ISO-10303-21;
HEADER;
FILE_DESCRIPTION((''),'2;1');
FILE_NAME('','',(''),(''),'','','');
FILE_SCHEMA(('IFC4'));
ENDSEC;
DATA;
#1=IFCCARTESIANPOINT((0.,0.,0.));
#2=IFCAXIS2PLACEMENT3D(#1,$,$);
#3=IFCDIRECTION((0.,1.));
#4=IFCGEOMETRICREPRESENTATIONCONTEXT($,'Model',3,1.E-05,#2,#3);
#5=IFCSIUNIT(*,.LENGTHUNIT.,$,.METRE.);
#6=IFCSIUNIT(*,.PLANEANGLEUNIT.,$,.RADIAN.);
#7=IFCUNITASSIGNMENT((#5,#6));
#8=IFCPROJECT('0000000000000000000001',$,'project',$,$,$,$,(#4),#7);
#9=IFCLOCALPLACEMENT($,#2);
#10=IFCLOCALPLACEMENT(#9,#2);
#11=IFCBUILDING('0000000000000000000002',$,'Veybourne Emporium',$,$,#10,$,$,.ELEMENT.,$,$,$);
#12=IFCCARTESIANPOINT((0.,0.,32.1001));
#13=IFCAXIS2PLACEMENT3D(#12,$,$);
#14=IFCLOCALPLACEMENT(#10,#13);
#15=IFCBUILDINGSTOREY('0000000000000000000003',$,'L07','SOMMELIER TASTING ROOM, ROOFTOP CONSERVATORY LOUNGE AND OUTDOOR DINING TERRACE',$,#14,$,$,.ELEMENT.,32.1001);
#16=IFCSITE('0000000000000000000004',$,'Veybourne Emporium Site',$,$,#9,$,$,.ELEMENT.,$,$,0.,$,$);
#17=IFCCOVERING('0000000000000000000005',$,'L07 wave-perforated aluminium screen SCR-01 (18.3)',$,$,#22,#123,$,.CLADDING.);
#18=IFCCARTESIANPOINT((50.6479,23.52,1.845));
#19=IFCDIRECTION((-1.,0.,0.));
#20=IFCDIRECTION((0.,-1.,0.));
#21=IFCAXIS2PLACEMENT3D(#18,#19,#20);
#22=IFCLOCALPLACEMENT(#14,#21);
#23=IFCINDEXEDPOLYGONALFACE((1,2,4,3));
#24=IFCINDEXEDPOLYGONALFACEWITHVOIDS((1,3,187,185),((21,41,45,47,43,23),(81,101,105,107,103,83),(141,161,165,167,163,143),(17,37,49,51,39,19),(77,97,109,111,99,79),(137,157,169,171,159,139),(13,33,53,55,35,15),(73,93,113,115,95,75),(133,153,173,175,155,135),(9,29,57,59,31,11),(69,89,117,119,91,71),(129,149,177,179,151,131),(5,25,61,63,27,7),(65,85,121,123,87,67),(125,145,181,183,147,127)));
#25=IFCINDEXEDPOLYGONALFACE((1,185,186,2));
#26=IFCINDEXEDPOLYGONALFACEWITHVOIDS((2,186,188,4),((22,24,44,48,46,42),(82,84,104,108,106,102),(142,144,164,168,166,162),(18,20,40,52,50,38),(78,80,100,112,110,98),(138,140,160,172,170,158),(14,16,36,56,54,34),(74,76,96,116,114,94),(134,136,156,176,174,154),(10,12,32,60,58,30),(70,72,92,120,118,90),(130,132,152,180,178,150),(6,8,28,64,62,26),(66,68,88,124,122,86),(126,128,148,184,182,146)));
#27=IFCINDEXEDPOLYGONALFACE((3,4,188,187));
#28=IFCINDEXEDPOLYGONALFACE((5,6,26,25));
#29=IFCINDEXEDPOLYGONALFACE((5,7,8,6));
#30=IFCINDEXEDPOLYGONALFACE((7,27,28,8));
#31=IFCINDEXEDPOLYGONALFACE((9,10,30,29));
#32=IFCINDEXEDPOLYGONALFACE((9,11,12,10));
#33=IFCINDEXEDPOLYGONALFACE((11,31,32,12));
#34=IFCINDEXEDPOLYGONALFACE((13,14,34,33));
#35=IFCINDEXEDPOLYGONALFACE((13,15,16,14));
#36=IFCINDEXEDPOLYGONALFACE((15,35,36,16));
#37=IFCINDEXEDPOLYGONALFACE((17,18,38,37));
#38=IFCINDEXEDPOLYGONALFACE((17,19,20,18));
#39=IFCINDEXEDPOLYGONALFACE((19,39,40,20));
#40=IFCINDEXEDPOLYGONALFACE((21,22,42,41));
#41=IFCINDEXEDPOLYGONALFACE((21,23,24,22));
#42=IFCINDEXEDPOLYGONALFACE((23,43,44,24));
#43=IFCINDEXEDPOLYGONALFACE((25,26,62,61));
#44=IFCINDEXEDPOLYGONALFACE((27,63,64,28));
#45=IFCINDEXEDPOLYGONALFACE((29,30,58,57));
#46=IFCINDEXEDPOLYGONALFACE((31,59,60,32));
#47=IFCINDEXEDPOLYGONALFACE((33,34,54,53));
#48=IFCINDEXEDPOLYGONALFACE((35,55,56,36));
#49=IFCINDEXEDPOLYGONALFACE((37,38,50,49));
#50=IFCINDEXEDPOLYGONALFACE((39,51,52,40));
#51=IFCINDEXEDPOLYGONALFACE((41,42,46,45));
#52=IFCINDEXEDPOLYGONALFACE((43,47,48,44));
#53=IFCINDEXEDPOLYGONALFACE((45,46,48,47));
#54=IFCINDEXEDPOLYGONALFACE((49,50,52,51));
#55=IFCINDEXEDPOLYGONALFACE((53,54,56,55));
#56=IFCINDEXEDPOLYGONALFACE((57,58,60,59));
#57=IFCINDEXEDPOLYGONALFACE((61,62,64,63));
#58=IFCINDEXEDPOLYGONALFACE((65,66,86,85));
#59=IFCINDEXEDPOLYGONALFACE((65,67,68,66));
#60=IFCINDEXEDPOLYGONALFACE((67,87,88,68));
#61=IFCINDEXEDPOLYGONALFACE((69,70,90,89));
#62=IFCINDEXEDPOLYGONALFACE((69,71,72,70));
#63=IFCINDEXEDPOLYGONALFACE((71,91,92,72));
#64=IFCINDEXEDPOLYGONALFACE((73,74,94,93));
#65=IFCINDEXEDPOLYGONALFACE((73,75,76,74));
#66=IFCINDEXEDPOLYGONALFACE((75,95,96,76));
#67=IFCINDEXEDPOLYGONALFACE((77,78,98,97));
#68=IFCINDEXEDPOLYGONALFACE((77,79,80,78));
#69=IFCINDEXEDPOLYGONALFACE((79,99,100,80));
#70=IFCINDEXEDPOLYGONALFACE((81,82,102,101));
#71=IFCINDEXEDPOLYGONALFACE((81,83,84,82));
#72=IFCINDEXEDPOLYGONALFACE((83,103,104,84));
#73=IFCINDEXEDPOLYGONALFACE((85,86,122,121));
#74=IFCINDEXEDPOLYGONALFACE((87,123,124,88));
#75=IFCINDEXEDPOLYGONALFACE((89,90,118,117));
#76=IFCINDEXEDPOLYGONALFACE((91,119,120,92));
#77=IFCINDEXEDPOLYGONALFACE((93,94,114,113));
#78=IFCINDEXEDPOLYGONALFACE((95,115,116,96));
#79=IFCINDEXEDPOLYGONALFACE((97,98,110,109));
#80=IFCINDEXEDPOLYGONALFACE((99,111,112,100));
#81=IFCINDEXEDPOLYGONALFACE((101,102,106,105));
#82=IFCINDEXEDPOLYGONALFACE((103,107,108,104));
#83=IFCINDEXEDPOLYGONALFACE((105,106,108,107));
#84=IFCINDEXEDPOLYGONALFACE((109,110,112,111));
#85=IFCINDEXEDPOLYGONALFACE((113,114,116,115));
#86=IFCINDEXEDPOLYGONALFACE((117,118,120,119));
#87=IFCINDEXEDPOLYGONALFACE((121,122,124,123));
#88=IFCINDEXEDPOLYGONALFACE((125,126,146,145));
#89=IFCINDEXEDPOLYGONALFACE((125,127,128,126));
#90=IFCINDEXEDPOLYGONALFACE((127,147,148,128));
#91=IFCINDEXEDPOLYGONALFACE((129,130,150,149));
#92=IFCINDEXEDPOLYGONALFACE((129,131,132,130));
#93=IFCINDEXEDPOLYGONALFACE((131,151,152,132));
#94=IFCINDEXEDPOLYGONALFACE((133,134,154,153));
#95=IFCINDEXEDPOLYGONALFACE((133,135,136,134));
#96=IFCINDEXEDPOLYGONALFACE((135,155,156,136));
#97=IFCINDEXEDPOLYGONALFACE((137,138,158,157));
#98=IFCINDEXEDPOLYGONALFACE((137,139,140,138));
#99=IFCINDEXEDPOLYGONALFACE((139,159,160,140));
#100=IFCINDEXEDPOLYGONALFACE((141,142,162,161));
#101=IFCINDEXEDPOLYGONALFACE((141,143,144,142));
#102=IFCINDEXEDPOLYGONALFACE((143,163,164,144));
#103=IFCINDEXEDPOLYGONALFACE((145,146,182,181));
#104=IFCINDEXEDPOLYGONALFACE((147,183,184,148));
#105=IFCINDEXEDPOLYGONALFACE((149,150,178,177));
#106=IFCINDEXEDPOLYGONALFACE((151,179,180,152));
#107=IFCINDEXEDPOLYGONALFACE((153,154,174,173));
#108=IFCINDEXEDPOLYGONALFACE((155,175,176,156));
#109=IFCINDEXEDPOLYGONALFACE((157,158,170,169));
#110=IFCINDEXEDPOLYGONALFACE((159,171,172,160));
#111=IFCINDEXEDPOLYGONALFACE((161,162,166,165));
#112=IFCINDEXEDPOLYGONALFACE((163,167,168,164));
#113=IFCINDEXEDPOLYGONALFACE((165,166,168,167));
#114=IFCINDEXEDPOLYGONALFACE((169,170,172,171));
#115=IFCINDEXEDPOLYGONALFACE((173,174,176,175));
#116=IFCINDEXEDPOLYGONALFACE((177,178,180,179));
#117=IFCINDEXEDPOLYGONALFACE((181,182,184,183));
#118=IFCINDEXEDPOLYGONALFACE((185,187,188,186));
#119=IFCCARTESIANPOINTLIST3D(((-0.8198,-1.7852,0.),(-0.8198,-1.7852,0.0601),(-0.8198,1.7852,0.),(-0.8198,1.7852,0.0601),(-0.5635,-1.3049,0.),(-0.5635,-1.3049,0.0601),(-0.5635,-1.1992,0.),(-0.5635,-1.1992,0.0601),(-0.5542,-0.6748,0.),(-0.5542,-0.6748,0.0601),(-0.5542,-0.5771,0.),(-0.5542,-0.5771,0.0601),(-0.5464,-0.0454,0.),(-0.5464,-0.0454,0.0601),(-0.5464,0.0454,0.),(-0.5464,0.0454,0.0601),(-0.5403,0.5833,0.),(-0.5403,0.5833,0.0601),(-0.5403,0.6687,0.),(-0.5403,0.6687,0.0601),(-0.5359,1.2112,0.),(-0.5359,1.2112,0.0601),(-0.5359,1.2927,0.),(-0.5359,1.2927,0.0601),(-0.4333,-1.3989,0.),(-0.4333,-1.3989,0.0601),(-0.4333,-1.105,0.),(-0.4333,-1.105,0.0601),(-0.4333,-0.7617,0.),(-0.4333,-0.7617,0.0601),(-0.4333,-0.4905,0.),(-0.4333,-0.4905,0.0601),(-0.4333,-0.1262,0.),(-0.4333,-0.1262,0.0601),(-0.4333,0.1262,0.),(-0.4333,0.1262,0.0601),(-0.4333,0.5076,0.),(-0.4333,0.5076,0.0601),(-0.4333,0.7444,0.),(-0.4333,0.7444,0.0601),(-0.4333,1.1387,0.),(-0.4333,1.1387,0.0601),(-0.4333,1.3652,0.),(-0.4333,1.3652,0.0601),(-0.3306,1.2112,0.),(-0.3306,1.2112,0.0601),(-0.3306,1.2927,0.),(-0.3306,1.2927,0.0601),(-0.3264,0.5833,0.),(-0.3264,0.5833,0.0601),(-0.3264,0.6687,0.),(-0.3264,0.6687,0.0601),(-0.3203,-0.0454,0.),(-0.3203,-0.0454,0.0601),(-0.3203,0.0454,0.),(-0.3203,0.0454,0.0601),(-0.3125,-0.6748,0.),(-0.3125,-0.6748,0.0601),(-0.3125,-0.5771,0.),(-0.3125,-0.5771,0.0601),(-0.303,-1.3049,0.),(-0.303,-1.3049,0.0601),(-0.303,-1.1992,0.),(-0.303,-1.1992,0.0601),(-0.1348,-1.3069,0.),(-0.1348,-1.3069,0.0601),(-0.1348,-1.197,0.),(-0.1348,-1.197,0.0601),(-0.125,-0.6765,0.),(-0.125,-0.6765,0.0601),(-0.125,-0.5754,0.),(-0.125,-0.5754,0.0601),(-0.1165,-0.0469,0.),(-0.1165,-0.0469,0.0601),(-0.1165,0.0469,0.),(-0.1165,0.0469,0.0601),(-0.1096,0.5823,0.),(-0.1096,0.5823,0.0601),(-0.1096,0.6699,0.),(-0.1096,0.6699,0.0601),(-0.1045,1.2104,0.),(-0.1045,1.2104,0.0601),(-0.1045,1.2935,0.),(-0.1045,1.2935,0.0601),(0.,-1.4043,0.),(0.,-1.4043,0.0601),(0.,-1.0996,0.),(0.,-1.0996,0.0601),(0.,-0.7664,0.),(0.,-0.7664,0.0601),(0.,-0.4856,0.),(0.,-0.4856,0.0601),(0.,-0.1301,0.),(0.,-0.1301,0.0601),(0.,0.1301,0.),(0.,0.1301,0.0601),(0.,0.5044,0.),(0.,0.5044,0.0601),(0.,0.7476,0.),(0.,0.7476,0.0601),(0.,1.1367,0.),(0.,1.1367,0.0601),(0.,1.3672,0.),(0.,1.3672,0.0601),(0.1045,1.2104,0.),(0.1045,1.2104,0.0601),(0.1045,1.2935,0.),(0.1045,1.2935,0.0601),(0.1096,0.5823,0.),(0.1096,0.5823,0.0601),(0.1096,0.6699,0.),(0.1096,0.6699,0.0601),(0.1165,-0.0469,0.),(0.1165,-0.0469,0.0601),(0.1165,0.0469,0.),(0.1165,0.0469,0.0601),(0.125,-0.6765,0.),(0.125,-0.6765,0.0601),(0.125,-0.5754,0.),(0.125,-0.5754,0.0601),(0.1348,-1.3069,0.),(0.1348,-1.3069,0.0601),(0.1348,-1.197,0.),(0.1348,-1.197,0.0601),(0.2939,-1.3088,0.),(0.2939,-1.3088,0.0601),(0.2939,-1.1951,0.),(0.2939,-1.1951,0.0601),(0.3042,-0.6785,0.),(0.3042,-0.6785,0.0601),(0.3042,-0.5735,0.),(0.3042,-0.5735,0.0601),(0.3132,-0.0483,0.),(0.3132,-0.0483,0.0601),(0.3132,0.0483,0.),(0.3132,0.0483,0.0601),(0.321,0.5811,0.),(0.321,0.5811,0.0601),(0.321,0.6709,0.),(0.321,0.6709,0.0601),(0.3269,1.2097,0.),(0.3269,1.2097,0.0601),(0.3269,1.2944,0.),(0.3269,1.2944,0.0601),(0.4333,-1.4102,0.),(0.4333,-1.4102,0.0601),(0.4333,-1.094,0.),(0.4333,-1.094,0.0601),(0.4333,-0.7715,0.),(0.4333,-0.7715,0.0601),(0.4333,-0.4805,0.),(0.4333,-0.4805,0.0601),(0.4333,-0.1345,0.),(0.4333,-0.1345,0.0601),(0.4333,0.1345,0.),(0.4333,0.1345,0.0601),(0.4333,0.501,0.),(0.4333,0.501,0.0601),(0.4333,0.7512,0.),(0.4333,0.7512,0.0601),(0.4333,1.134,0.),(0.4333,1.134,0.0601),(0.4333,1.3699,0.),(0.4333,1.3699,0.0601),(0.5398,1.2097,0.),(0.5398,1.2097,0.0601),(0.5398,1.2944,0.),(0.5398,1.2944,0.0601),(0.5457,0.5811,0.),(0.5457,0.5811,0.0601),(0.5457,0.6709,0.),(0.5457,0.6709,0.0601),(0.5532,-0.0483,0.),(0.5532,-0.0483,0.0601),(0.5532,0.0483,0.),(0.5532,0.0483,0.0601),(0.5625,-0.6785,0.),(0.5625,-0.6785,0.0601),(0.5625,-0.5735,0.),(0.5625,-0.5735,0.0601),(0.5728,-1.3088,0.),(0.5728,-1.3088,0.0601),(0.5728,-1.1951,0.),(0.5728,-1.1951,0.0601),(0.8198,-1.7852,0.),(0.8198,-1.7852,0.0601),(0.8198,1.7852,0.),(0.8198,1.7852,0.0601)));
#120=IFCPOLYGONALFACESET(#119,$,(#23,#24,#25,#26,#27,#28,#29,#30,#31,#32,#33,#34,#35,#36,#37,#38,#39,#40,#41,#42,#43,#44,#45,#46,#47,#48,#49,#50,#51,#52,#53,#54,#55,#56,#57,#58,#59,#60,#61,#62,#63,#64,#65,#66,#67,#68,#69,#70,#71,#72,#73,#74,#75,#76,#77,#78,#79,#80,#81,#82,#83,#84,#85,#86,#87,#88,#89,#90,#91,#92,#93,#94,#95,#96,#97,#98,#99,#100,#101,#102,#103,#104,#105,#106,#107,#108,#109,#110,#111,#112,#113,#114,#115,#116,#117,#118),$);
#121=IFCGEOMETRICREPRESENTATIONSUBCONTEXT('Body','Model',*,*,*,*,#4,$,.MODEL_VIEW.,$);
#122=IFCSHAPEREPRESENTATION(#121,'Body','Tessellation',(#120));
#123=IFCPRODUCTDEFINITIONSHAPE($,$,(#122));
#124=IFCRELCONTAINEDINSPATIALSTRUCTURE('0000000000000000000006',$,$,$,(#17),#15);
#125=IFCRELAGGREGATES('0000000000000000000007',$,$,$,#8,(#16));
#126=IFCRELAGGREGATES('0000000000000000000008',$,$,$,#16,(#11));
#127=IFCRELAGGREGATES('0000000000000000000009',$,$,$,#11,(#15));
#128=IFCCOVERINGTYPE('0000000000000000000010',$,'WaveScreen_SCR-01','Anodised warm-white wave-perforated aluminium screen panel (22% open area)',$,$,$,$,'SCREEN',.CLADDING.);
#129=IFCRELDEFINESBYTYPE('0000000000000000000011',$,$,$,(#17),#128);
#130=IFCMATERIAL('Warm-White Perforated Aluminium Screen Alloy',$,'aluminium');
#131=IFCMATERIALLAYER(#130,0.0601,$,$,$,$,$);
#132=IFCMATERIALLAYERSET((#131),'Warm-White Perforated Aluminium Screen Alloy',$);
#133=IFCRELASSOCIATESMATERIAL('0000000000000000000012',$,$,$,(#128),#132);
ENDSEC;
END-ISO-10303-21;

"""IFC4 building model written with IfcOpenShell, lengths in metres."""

from ifc_helpers import new_model, si_unit, direction, frame, origin, place, context, subcontext, project, spatial, polyline, outline, extrude, material, layer, layer_set, type_object, element, save


model = new_model("IFC4")

# Units and contexts
model_context = context("Model", 3, precision=1e-05, world=origin(), true_north=direction((0.0, 1.0)))
body_context = subcontext(model_context, "Body", "Model", "MODEL_VIEW")
ifc_project = project(units=[si_unit("LENGTHUNIT", "METRE"), si_unit("PLANEANGLEUNIT", "RADIAN")], contexts=[model_context])

# Site, building, storey
site_placement = place(None, origin())
site = spatial("IfcSite", under=ifc_project, at=site_placement, Name="Veybourne Emporium Site", CompositionType="ELEMENT", RefElevation=0.0)
building_placement = place(site_placement, origin())
building = spatial("IfcBuilding", under=site, at=building_placement, Name="Veybourne Emporium", CompositionType="ELEMENT")
storey_placement = place(building_placement, frame((0.0, 0.0, 32.1001)))
storey = spatial("IfcBuildingStorey", under=building, at=storey_placement, Name="L07", Description="SOMMELIER TASTING ROOM, ROOFTOP CONSERVATORY LOUNGE AND OUTDOOR DINING TERRACE", CompositionType="ELEMENT", Elevation=32.1001)

# Covering
ifc_material_1 = material(Name="Warm-White Perforated Aluminium Screen Alloy", Category="aluminium")
ifc_layer_1 = layer(ifc_material_1, 0.0601)
ifc_layer_set_1 = layer_set([ifc_layer_1], Name="Warm-White Perforated Aluminium Screen Alloy")
covering_type_1 = type_object("IfcCoveringType", Name="WaveScreen_SCR-01", Description="Anodised warm-white wave-perforated aluminium screen panel (22% open area)", ElementType="SCREEN", PredefinedType="CLADDING", material=ifc_layer_set_1)
covering_1_placement = place(storey_placement, frame((50.6479, 23.52, 1.845), z_axis=(-1.0, 0.0, 0.0), x_axis=(0.0, -1.0, 0.0)))
element("IfcCovering", 1, at=covering_1_placement, inside=storey, type_object=covering_type_1, Name="L07 wave-perforated aluminium screen SCR-01 (18.3)", PredefinedType="CLADDING", context=body_context, shape_type="SweptSolid", body=[
    extrude(outline(polyline([(-0.8198, -1.7852), (0.8198, -1.7852), (0.8198, 1.7852), (-0.8198, 1.7852), (-0.8198, -1.7852)]), holes=[polyline([(-0.4333, -1.105), (-0.303, -1.1992), (-0.303, -1.3049), (-0.4333, -1.3989), (-0.5635, -1.3049), (-0.5635, -1.1992), (-0.4333, -1.105)]), polyline([(-0.4333, -0.4905), (-0.3125, -0.5771), (-0.3125, -0.6748), (-0.4333, -0.7617), (-0.5542, -0.6748), (-0.5542, -0.5771), (-0.4333, -0.4905)]), polyline([(-0.4333, 0.1262), (-0.3203, 0.0454), (-0.3203, -0.0454), (-0.4333, -0.1262), (-0.5464, -0.0454), (-0.5464, 0.0454), (-0.4333, 0.1262)]), polyline([(-0.4333, 0.7444), (-0.3264, 0.6687), (-0.3264, 0.5833), (-0.4333, 0.5076), (-0.5403, 0.5833), (-0.5403, 0.6687), (-0.4333, 0.7444)]), polyline([(-0.4333, 1.3652), (-0.3306, 1.2927), (-0.3306, 1.2112), (-0.4333, 1.1387), (-0.5359, 1.2112), (-0.5359, 1.2927), (-0.4333, 1.3652)]), polyline([(0.0, -1.0996), (0.1348, -1.197), (0.1348, -1.3069), (0.0, -1.4043), (-0.1348, -1.3069), (-0.1348, -1.197), (0.0, -1.0996)]), polyline([(0.0, -0.4856), (0.125, -0.5754), (0.125, -0.6765), (0.0, -0.7664), (-0.125, -0.6765), (-0.125, -0.5754), (0.0, -0.4856)]), polyline([(0.0, 0.1301), (0.1165, 0.0469), (0.1165, -0.0469), (0.0, -0.1301), (-0.1165, -0.0469), (-0.1165, 0.0469), (0.0, 0.1301)]), polyline([(0.0, 0.7476), (0.1096, 0.6699), (0.1096, 0.5823), (0.0, 0.5044), (-0.1096, 0.5823), (-0.1096, 0.6699), (0.0, 0.7476)]), polyline([(0.0, 1.3672), (0.1045, 1.2935), (0.1045, 1.2104), (0.0, 1.1367), (-0.1045, 1.2104), (-0.1045, 1.2935), (0.0, 1.3672)]), polyline([(0.4333, -1.094), (0.5728, -1.1951), (0.5728, -1.3088), (0.4333, -1.4102), (0.2939, -1.3088), (0.2939, -1.1951), (0.4333, -1.094)]), polyline([(0.4333, -0.4805), (0.5625, -0.5735), (0.5625, -0.6785), (0.4333, -0.7715), (0.3042, -0.6785), (0.3042, -0.5735), (0.4333, -0.4805)]), polyline([(0.4333, 0.1345), (0.5532, 0.0483), (0.5532, -0.0483), (0.4333, -0.1345), (0.3132, -0.0483), (0.3132, 0.0483), (0.4333, 0.1345)]), polyline([(0.4333, 0.7512), (0.5457, 0.6709), (0.5457, 0.5811), (0.4333, 0.501), (0.321, 0.5811), (0.321, 0.6709), (0.4333, 0.7512)]), polyline([(0.4333, 1.3699), (0.5398, 1.2944), (0.5398, 1.2097), (0.4333, 1.134), (0.3269, 1.2097), (0.3269, 1.2944), (0.4333, 1.3699)])]), origin(), (0.0, 0.0, 1.0), 0.0601),
])

save(model, "model.ifc")
